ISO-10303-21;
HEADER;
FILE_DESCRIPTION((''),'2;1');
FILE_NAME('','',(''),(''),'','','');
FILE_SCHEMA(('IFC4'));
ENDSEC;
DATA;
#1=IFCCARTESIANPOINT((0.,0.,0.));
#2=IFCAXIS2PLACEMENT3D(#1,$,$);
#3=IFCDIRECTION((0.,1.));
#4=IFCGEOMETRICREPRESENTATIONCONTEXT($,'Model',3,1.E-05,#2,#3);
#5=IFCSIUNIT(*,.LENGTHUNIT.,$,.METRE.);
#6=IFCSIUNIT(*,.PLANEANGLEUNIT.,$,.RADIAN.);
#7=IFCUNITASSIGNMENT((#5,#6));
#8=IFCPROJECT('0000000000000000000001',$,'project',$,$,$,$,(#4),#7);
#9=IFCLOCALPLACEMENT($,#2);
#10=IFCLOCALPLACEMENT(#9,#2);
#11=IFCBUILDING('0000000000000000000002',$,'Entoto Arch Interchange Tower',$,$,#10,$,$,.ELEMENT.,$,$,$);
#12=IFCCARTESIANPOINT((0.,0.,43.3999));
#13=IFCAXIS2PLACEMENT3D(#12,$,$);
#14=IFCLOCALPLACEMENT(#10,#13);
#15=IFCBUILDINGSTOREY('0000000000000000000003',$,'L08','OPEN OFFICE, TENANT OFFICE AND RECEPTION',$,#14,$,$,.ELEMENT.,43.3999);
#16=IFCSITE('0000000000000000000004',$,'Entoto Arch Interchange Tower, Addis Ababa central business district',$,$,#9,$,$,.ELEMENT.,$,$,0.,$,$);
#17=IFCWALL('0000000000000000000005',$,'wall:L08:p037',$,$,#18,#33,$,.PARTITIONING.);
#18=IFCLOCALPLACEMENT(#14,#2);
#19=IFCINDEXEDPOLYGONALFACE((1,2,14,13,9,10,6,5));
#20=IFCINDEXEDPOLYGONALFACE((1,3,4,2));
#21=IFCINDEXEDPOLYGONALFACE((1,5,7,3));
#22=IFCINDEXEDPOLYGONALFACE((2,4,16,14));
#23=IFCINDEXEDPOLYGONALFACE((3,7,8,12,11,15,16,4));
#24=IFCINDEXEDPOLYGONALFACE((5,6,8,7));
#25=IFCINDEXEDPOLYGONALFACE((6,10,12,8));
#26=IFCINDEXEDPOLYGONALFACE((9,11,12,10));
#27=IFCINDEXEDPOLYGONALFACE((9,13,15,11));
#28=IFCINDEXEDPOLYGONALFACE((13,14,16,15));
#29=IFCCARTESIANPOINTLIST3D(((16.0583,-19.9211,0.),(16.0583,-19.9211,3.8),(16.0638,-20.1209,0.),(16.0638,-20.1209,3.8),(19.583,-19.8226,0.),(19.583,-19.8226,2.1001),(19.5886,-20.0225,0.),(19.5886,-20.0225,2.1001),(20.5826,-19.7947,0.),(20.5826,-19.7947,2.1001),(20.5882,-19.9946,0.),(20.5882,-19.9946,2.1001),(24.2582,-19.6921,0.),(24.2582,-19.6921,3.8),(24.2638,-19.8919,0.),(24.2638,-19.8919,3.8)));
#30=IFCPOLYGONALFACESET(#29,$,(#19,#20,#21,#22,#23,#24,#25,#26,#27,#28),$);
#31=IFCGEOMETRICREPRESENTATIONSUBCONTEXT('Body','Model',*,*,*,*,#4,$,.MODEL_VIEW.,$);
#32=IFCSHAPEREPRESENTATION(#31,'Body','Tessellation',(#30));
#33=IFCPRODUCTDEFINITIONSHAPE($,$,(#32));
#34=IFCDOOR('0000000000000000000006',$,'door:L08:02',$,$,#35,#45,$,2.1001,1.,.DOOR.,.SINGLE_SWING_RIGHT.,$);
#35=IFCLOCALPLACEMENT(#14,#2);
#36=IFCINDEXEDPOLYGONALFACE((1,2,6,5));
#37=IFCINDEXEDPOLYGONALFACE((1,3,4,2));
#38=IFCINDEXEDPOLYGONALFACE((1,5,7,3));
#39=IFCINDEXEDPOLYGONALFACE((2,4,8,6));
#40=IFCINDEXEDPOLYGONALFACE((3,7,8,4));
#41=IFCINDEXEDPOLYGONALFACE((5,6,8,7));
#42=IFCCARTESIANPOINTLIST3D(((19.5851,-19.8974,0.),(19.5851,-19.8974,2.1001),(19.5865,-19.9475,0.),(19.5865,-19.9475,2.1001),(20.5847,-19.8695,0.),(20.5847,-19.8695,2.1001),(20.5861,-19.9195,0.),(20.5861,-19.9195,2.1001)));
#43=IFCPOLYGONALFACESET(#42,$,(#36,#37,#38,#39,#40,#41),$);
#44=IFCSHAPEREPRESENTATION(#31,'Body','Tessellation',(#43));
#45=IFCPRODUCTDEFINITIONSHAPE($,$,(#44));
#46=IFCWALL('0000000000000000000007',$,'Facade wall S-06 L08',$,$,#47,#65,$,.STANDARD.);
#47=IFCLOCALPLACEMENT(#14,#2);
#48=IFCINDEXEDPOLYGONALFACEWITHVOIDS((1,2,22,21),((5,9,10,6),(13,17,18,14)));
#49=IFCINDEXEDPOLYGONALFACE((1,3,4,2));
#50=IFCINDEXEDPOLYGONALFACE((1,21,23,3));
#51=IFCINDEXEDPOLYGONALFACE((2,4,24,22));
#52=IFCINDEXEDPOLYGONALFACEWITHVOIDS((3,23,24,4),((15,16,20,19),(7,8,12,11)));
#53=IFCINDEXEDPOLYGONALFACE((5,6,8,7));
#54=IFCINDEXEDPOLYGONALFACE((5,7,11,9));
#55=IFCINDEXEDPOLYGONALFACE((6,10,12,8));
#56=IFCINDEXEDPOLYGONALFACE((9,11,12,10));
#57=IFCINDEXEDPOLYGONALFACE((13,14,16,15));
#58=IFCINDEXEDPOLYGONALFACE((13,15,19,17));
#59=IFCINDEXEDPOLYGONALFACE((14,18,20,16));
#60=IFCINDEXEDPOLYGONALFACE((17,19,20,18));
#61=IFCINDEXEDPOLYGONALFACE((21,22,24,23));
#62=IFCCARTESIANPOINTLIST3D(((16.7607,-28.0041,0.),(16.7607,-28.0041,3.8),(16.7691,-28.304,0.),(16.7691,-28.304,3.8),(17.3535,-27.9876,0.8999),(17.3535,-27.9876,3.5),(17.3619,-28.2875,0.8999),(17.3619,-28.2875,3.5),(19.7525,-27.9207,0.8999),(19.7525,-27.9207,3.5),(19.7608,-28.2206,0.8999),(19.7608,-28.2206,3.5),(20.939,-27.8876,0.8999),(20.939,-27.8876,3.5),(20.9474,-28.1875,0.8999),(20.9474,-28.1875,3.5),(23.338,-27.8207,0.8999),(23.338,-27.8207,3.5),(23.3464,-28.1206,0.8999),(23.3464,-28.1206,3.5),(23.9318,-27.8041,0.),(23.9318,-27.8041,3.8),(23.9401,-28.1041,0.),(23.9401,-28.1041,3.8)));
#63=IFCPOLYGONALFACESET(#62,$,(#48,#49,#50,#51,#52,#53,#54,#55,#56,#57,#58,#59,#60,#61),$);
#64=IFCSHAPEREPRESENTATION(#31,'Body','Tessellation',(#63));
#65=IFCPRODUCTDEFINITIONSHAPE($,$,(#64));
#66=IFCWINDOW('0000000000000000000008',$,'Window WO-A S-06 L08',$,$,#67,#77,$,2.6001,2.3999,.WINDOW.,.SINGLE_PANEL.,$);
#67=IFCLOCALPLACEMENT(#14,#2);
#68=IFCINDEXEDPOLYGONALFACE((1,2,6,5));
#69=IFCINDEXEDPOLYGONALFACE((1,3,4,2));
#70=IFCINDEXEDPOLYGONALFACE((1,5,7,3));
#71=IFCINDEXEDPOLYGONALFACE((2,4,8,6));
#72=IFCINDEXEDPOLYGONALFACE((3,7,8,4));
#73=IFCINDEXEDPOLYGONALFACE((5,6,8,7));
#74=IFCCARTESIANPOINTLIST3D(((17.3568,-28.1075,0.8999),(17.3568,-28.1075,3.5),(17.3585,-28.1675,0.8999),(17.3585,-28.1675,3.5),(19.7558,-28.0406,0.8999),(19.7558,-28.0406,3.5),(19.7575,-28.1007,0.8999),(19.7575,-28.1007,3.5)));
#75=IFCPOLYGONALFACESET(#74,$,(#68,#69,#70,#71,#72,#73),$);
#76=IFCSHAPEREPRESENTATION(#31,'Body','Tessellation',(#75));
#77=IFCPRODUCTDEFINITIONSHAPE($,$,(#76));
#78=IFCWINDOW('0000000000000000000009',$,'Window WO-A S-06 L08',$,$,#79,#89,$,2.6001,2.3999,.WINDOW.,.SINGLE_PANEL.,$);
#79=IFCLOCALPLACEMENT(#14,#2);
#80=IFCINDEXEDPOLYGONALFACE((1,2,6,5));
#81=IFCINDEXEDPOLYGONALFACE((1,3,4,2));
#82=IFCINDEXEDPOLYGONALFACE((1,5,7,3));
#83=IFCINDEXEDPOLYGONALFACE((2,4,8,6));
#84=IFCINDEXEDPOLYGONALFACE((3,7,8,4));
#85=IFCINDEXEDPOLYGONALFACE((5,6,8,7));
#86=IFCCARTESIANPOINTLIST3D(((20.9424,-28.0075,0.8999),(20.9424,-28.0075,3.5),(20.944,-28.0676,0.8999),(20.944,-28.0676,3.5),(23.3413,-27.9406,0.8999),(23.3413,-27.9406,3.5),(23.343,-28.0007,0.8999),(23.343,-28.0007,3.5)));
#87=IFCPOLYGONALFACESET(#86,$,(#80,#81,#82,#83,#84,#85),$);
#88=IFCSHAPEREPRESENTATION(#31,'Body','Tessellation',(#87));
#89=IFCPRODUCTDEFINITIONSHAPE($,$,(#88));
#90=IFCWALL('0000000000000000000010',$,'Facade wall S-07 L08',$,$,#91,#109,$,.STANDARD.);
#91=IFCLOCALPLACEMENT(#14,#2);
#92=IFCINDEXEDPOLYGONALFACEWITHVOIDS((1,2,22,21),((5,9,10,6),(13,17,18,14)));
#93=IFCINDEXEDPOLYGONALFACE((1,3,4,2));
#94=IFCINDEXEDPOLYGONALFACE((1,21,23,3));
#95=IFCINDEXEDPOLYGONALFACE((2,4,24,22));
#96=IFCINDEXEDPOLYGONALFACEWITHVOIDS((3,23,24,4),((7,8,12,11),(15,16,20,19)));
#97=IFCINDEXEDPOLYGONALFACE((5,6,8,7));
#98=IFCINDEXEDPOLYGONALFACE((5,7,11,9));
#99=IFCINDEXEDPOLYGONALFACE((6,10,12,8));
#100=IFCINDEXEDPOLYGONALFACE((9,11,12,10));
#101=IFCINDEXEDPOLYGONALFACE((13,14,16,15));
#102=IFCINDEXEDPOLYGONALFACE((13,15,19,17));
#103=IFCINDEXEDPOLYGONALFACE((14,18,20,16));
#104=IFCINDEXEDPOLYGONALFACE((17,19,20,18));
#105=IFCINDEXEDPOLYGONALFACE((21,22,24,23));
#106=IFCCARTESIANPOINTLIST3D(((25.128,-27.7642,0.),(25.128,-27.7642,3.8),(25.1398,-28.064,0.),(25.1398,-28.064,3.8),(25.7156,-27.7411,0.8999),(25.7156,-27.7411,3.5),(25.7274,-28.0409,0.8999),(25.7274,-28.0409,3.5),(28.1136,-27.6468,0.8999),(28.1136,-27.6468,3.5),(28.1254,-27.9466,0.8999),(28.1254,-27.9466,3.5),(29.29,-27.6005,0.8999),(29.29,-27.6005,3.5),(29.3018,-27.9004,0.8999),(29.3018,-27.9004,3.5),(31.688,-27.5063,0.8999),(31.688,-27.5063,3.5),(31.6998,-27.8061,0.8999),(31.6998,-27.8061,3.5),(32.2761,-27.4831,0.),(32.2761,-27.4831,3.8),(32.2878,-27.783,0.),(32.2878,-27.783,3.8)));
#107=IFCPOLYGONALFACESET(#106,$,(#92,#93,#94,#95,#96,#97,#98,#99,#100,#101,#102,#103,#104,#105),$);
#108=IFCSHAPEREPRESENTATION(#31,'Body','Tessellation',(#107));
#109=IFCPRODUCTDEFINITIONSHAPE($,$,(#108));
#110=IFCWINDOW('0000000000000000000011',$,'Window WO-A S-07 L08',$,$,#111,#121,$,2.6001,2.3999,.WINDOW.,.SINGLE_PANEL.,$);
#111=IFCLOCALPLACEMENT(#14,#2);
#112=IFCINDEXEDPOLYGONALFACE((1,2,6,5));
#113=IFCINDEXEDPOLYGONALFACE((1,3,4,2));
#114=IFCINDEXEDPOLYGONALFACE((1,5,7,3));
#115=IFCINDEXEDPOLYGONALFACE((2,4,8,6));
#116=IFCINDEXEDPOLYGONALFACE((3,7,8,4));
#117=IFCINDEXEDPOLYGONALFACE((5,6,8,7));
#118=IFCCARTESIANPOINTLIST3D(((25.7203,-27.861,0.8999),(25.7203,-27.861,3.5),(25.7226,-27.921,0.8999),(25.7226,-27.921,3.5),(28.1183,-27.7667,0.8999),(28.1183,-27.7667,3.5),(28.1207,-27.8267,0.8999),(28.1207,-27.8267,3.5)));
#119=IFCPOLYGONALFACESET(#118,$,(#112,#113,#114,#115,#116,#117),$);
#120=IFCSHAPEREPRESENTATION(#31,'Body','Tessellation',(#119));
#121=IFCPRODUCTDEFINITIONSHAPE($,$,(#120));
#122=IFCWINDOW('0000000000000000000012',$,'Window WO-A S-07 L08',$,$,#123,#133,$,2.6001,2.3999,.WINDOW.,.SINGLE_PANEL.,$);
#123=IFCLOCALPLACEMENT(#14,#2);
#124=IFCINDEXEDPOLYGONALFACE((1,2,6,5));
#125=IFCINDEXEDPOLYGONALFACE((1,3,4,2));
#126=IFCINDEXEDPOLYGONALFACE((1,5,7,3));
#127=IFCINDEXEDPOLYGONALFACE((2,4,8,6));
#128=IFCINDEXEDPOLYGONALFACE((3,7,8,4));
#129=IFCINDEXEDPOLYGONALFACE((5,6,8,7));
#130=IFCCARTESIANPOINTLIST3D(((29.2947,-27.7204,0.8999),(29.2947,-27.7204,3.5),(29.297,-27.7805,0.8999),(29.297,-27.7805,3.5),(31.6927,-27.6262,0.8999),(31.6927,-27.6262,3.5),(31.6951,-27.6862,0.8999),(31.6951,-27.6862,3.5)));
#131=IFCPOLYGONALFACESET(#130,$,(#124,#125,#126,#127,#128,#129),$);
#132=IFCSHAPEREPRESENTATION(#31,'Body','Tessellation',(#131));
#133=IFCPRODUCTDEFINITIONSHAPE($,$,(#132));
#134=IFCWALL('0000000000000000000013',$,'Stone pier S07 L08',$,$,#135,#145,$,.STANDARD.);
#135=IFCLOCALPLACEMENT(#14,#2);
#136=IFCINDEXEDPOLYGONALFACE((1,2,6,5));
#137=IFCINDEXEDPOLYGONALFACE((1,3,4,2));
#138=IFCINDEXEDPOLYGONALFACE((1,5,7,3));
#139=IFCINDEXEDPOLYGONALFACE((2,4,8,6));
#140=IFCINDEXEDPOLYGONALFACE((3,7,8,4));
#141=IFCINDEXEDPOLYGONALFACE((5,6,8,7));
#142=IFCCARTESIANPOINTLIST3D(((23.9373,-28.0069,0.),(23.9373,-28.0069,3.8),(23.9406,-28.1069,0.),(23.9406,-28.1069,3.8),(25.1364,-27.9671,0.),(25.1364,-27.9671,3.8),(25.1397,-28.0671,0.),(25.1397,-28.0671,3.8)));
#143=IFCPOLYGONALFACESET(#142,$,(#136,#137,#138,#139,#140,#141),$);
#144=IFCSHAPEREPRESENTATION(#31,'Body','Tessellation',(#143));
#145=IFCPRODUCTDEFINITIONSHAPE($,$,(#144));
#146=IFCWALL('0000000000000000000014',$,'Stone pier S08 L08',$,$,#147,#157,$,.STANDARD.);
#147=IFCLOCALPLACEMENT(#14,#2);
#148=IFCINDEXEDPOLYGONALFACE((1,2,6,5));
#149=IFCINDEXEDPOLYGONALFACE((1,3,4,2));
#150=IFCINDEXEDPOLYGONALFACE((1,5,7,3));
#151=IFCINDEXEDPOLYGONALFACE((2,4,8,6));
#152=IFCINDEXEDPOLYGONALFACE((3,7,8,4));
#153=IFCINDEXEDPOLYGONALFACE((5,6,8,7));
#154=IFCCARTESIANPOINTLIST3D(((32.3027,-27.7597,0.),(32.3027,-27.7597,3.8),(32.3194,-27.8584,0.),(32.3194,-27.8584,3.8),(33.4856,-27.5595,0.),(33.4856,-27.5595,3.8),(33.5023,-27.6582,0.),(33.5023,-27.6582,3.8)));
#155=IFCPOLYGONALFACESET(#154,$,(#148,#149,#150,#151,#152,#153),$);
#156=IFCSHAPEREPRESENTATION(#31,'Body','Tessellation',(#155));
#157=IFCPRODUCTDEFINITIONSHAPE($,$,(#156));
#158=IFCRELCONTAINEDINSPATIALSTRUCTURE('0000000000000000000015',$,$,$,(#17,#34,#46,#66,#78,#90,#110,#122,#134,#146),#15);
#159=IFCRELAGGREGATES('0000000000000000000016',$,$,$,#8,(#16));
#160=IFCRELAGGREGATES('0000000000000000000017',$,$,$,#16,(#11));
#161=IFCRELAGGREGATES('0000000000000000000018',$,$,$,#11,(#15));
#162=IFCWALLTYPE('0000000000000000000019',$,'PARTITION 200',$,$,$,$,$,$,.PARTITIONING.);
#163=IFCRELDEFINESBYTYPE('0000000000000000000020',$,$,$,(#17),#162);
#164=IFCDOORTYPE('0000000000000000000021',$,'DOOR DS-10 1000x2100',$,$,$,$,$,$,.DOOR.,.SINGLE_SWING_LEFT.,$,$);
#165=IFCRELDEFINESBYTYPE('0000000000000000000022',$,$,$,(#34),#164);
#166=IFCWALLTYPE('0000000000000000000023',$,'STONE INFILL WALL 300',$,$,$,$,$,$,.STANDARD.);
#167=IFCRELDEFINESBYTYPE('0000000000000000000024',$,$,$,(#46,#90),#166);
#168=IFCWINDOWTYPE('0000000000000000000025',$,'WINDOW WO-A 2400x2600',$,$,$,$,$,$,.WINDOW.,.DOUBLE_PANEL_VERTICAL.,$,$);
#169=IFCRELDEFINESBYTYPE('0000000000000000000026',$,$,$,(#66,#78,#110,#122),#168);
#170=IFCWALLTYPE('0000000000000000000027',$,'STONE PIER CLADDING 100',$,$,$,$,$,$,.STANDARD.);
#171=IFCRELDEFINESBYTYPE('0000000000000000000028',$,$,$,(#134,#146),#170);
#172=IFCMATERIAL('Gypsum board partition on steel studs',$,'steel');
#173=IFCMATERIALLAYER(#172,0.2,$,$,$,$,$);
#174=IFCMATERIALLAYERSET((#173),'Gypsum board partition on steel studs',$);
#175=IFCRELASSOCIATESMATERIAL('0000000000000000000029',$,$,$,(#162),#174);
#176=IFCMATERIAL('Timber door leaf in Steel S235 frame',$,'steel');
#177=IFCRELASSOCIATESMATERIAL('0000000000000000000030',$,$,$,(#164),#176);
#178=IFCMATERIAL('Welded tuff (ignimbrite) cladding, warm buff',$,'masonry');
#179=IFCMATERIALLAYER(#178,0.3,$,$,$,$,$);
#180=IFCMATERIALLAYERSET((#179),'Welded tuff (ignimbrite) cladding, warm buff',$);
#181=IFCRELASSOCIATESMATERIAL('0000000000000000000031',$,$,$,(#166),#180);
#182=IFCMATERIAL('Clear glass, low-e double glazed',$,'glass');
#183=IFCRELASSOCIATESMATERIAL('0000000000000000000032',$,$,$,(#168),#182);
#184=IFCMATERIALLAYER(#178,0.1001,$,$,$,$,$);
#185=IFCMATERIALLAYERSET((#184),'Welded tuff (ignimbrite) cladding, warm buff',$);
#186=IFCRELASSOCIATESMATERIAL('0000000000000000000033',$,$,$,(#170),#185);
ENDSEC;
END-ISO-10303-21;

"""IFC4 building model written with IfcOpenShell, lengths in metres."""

from ifc_helpers import new_model, si_unit, direction, frame, frame_2d, origin, place, context, subcontext, project, spatial, rectangle, extrude, material, layer, layer_set, type_object, element, fill, save


model = new_model("IFC4")

# Units and contexts
model_context = context("Model", 3, precision=1e-05, world=origin(), true_north=direction((0.0, 1.0)))
body_context = subcontext(model_context, "Body", "Model", "MODEL_VIEW")
ifc_project = project(units=[si_unit("LENGTHUNIT", "METRE"), si_unit("PLANEANGLEUNIT", "RADIAN")], contexts=[model_context])

# Site, building, storey
site_placement = place(None, origin())
site = spatial("IfcSite", under=ifc_project, at=site_placement, Name="Entoto Arch Interchange Tower, Addis Ababa central business district", CompositionType="ELEMENT", RefElevation=0.0)
building_placement = place(site_placement, origin())
building = spatial("IfcBuilding", under=site, at=building_placement, Name="Entoto Arch Interchange Tower", CompositionType="ELEMENT")
storey_placement = place(building_placement, frame((0.0, 0.0, 43.3999)))
storey = spatial("IfcBuildingStorey", under=building, at=storey_placement, Name="L08", Description="OPEN OFFICE, TENANT OFFICE AND RECEPTION", CompositionType="ELEMENT", Elevation=43.3999)

# Shared definitions
ifc_material_1 = material(Name="Gypsum board partition on steel studs", Category="steel")

# Shared definitions
ifc_layer_1 = layer(ifc_material_1, 0.2)
ifc_layer_set_1 = layer_set([ifc_layer_1], Name="Gypsum board partition on steel studs")
wall_type_1 = type_object("IfcWallType", Name="PARTITION 200", PredefinedType="PARTITIONING", material=ifc_layer_set_1)
ifc_material_2 = material(Name="Timber door leaf in Steel S235 frame", Category="steel")
door_type = type_object("IfcDoorType", Name="DOOR DS-10 1000x2100", OperationType="SINGLE_SWING_LEFT", PredefinedType="DOOR", material=ifc_material_2)

# Wall, opening, door
wall_1_placement = place(storey_placement, frame((24.261, -19.792, 0.0), z_axis=(0.0, 0.0, 1.0), x_axis=(-0.99961, -0.027917, 0.0)))
wall_1 = element("IfcWall", 1, at=wall_1_placement, inside=storey, type_object=wall_type_1, Name="wall:L08:p037", PredefinedType="PARTITIONING", context=body_context, shape_type="SweptSolid", body=[
    extrude(rectangle(XDim=8.2031, YDim=0.2, at=frame_2d((4.1016, 0.0))), origin(), (0.0, 0.0, 1.0), 3.8),
])
opening_1_placement = place(wall_1_placement, frame((3.677, 0.0, 0.0)))
opening_1 = element("IfcOpeningElement", 2, at=opening_1_placement, cuts=wall_1, PredefinedType="OPENING", context=body_context, shape_type="SweptSolid", body=[
    extrude(rectangle(XDim=1.0, YDim=2.1001, at=frame_2d((0.5, 1.05))), frame((0.0, 0.1099, 0.0), z_axis=(0.0, -1.0, 0.0), x_axis=(1.0, 0.0, 0.0)), (0.0, 0.0, 1.0), 0.22),
])
door_1_placement = place(opening_1_placement, origin())
door_1 = element("IfcDoor", 3, at=door_1_placement, inside=storey, type_object=door_type, Name="door:L08:02", OperationType="SINGLE_SWING_RIGHT", OverallHeight=2.1001, OverallWidth=1.0, PredefinedType="DOOR", context=body_context, shape_type="SweptSolid", body=[
    extrude(rectangle(XDim=1.0, YDim=2.1001, at=frame_2d((0.5, 1.05))), frame((0.0, 0.0249, 0.0), z_axis=(0.0, -1.0, 0.0), x_axis=(1.0, 0.0, 0.0)), (0.0, 0.0, 1.0), 0.05),
])
fill(opening_1, door_1)

# Walls, openings, windows
ifc_material_3 = material(Name="Welded tuff (ignimbrite) cladding, warm buff", Category="masonry")
ifc_layer_2 = layer(ifc_material_3, 0.3)
ifc_layer_set_2 = layer_set([ifc_layer_2], Name="Welded tuff (ignimbrite) cladding, warm buff")
wall_type_2 = type_object("IfcWallType", Name="STONE INFILL WALL 300", PredefinedType="STANDARD", material=ifc_layer_set_2)
wall_2_placement = place(storey_placement, frame((16.7649, -28.1541, 0.0), z_axis=(0.0, 0.0, 1.0), x_axis=(0.999612, 0.027872, 0.0)))
wall_2 = element("IfcWall", 4, at=wall_2_placement, inside=storey, type_object=wall_type_2, Name="Facade wall S-06 L08", PredefinedType="STANDARD", context=body_context, shape_type="SweptSolid", body=[
    extrude(rectangle(XDim=7.1738, YDim=0.3, at=frame_2d((3.5869, 0.0))), origin(), (0.0, 0.0, 1.0), 3.8),
])
opening_2_placement = place(wall_2_placement, frame((0.593, 0.0, 0.8999)))
opening_2 = element("IfcOpeningElement", 5, at=opening_2_placement, cuts=wall_2, PredefinedType="OPENING", context=body_context, shape_type="SweptSolid", body=[
    extrude(rectangle(XDim=2.3999, YDim=2.6001, at=frame_2d((1.2, 1.3))), frame((0.0, 0.1602, 0.0), z_axis=(0.0, -1.0, 0.0), x_axis=(1.0, 0.0, 0.0)), (0.0, 0.0, 1.0), 0.3201),
])
opening_3_placement = place(wall_2_placement, frame((4.1799, 0.0, 0.8999)))
opening_3 = element("IfcOpeningElement", 6, at=opening_3_placement, cuts=wall_2, PredefinedType="OPENING", context=body_context, shape_type="SweptSolid", body=[
    extrude(rectangle(XDim=2.3999, YDim=2.6001, at=frame_2d((1.2, 1.3))), frame((0.0, 0.1602, 0.0), z_axis=(0.0, -1.0, 0.0), x_axis=(1.0, 0.0, 0.0)), (0.0, 0.0, 1.0), 0.3201),
])
ifc_material_4 = material(Name="Clear glass, low-e double glazed", Category="glass")
window_type = type_object("IfcWindowType", Name="WINDOW WO-A 2400x2600", PartitioningType="DOUBLE_PANEL_VERTICAL", PredefinedType="WINDOW", material=ifc_material_4)
window_1_placement = place(opening_2_placement, origin())
window_1 = element("IfcWindow", 7, at=window_1_placement, inside=storey, type_object=window_type, Name="Window WO-A S-06 L08", OverallHeight=2.6001, OverallWidth=2.3999, PartitioningType="SINGLE_PANEL", PredefinedType="WINDOW", context=body_context, shape_type="SweptSolid", body=[
    extrude(rectangle(XDim=2.3999, YDim=2.6001, at=frame_2d((1.2, 1.3))), frame((0.0, 0.03, 0.0), z_axis=(0.0, -1.0, 0.0), x_axis=(1.0, 0.0, 0.0)), (0.0, 0.0, 1.0), 0.0601),
])
fill(opening_2, window_1)
window_2_placement = place(opening_3_placement, origin())
window_2 = element("IfcWindow", 8, at=window_2_placement, inside=storey, type_object=window_type, Name="Window WO-A S-06 L08", OverallHeight=2.6001, OverallWidth=2.3999, PartitioningType="SINGLE_PANEL", PredefinedType="WINDOW", context=body_context, shape_type="SweptSolid", body=[
    extrude(rectangle(XDim=2.3999, YDim=2.6001, at=frame_2d((1.2, 1.3))), frame((0.0, 0.03, 0.0), z_axis=(0.0, -1.0, 0.0), x_axis=(1.0, 0.0, 0.0)), (0.0, 0.0, 1.0), 0.0601),
])
fill(opening_3, window_2)
wall_3_placement = place(storey_placement, frame((25.134, -27.9141, 0.0), z_axis=(0.0, 0.0, 1.0), x_axis=(0.999228, 0.039282, 0.0)))
wall_3 = element("IfcWall", 9, at=wall_3_placement, inside=storey, type_object=wall_type_2, Name="Facade wall S-07 L08", PredefinedType="STANDARD", context=body_context, shape_type="SweptSolid", body=[
    extrude(rectangle(XDim=7.1536, YDim=0.3, at=frame_2d((3.5767, 0.0))), origin(), (0.0, 0.0, 1.0), 3.8),
])
opening_4_placement = place(wall_3_placement, frame((0.5879, 0.0, 0.8999)))
opening_4 = element("IfcOpeningElement", 10, at=opening_4_placement, cuts=wall_3, PredefinedType="OPENING", context=body_context, shape_type="SweptSolid", body=[
    extrude(rectangle(XDim=2.3999, YDim=2.6001, at=frame_2d((1.2, 1.3))), frame((0.0, 0.1602, 0.0), z_axis=(0.0, -1.0, 0.0), x_axis=(1.0, 0.0, 0.0)), (0.0, 0.0, 1.0), 0.3201),
])
opening_5_placement = place(wall_3_placement, frame((4.165, 0.0, 0.8999)))
opening_5 = element("IfcOpeningElement", 11, at=opening_5_placement, cuts=wall_3, PredefinedType="OPENING", context=body_context, shape_type="SweptSolid", body=[
    extrude(rectangle(XDim=2.3999, YDim=2.6001, at=frame_2d((1.2, 1.3))), frame((0.0, 0.1602, 0.0), z_axis=(0.0, -1.0, 0.0), x_axis=(1.0, 0.0, 0.0)), (0.0, 0.0, 1.0), 0.3201),
])
window_3_placement = place(opening_4_placement, origin())
window_3 = element("IfcWindow", 12, at=window_3_placement, inside=storey, type_object=window_type, Name="Window WO-A S-07 L08", OverallHeight=2.6001, OverallWidth=2.3999, PartitioningType="SINGLE_PANEL", PredefinedType="WINDOW", context=body_context, shape_type="SweptSolid", body=[
    extrude(rectangle(XDim=2.3999, YDim=2.6001, at=frame_2d((1.2, 1.3))), frame((0.0, 0.03, 0.0), z_axis=(0.0, -1.0, 0.0), x_axis=(1.0, 0.0, 0.0)), (0.0, 0.0, 1.0), 0.0601),
])
fill(opening_4, window_3)
window_4_placement = place(opening_5_placement, origin())
window_4 = element("IfcWindow", 13, at=window_4_placement, inside=storey, type_object=window_type, Name="Window WO-A S-07 L08", OverallHeight=2.6001, OverallWidth=2.3999, PartitioningType="SINGLE_PANEL", PredefinedType="WINDOW", context=body_context, shape_type="SweptSolid", body=[
    extrude(rectangle(XDim=2.3999, YDim=2.6001, at=frame_2d((1.2, 1.3))), frame((0.0, 0.03, 0.0), z_axis=(0.0, -1.0, 0.0), x_axis=(1.0, 0.0, 0.0)), (0.0, 0.0, 1.0), 0.0601),
])
fill(opening_5, window_4)

# Walls
ifc_layer_3 = layer(ifc_material_3, 0.1001)
ifc_layer_set_3 = layer_set([ifc_layer_3], Name="Welded tuff (ignimbrite) cladding, warm buff")
wall_type_3 = type_object("IfcWallType", Name="STONE PIER CLADDING 100", PredefinedType="STANDARD", material=ifc_layer_set_3)
for number, where, z_axis, x_axis, name in (
    (14, (23.939, -28.0569, 0.0), (0.0, 0.0, 1.0), (0.99945, 0.033173, 0.0), "Stone pier S07 L08"),
    (15, (32.311, -27.8091, 0.0), (0.0, 0.0, 1.0), (0.985978, 0.166874, 0.0), "Stone pier S08 L08"),
):
    element("IfcWall", number, at=place(storey_placement, frame(where, z_axis=z_axis, x_axis=x_axis)), inside=storey, type_object=wall_type_3, Name=name, PredefinedType="STANDARD", context=body_context, shape_type="SweptSolid", body=[
        extrude(rectangle(XDim=1.1997, YDim=0.1001, at=frame_2d((0.5999, 0.0))), origin(), (0.0, 0.0, 1.0), 3.8),
    ])

save(model, "model.ifc")
